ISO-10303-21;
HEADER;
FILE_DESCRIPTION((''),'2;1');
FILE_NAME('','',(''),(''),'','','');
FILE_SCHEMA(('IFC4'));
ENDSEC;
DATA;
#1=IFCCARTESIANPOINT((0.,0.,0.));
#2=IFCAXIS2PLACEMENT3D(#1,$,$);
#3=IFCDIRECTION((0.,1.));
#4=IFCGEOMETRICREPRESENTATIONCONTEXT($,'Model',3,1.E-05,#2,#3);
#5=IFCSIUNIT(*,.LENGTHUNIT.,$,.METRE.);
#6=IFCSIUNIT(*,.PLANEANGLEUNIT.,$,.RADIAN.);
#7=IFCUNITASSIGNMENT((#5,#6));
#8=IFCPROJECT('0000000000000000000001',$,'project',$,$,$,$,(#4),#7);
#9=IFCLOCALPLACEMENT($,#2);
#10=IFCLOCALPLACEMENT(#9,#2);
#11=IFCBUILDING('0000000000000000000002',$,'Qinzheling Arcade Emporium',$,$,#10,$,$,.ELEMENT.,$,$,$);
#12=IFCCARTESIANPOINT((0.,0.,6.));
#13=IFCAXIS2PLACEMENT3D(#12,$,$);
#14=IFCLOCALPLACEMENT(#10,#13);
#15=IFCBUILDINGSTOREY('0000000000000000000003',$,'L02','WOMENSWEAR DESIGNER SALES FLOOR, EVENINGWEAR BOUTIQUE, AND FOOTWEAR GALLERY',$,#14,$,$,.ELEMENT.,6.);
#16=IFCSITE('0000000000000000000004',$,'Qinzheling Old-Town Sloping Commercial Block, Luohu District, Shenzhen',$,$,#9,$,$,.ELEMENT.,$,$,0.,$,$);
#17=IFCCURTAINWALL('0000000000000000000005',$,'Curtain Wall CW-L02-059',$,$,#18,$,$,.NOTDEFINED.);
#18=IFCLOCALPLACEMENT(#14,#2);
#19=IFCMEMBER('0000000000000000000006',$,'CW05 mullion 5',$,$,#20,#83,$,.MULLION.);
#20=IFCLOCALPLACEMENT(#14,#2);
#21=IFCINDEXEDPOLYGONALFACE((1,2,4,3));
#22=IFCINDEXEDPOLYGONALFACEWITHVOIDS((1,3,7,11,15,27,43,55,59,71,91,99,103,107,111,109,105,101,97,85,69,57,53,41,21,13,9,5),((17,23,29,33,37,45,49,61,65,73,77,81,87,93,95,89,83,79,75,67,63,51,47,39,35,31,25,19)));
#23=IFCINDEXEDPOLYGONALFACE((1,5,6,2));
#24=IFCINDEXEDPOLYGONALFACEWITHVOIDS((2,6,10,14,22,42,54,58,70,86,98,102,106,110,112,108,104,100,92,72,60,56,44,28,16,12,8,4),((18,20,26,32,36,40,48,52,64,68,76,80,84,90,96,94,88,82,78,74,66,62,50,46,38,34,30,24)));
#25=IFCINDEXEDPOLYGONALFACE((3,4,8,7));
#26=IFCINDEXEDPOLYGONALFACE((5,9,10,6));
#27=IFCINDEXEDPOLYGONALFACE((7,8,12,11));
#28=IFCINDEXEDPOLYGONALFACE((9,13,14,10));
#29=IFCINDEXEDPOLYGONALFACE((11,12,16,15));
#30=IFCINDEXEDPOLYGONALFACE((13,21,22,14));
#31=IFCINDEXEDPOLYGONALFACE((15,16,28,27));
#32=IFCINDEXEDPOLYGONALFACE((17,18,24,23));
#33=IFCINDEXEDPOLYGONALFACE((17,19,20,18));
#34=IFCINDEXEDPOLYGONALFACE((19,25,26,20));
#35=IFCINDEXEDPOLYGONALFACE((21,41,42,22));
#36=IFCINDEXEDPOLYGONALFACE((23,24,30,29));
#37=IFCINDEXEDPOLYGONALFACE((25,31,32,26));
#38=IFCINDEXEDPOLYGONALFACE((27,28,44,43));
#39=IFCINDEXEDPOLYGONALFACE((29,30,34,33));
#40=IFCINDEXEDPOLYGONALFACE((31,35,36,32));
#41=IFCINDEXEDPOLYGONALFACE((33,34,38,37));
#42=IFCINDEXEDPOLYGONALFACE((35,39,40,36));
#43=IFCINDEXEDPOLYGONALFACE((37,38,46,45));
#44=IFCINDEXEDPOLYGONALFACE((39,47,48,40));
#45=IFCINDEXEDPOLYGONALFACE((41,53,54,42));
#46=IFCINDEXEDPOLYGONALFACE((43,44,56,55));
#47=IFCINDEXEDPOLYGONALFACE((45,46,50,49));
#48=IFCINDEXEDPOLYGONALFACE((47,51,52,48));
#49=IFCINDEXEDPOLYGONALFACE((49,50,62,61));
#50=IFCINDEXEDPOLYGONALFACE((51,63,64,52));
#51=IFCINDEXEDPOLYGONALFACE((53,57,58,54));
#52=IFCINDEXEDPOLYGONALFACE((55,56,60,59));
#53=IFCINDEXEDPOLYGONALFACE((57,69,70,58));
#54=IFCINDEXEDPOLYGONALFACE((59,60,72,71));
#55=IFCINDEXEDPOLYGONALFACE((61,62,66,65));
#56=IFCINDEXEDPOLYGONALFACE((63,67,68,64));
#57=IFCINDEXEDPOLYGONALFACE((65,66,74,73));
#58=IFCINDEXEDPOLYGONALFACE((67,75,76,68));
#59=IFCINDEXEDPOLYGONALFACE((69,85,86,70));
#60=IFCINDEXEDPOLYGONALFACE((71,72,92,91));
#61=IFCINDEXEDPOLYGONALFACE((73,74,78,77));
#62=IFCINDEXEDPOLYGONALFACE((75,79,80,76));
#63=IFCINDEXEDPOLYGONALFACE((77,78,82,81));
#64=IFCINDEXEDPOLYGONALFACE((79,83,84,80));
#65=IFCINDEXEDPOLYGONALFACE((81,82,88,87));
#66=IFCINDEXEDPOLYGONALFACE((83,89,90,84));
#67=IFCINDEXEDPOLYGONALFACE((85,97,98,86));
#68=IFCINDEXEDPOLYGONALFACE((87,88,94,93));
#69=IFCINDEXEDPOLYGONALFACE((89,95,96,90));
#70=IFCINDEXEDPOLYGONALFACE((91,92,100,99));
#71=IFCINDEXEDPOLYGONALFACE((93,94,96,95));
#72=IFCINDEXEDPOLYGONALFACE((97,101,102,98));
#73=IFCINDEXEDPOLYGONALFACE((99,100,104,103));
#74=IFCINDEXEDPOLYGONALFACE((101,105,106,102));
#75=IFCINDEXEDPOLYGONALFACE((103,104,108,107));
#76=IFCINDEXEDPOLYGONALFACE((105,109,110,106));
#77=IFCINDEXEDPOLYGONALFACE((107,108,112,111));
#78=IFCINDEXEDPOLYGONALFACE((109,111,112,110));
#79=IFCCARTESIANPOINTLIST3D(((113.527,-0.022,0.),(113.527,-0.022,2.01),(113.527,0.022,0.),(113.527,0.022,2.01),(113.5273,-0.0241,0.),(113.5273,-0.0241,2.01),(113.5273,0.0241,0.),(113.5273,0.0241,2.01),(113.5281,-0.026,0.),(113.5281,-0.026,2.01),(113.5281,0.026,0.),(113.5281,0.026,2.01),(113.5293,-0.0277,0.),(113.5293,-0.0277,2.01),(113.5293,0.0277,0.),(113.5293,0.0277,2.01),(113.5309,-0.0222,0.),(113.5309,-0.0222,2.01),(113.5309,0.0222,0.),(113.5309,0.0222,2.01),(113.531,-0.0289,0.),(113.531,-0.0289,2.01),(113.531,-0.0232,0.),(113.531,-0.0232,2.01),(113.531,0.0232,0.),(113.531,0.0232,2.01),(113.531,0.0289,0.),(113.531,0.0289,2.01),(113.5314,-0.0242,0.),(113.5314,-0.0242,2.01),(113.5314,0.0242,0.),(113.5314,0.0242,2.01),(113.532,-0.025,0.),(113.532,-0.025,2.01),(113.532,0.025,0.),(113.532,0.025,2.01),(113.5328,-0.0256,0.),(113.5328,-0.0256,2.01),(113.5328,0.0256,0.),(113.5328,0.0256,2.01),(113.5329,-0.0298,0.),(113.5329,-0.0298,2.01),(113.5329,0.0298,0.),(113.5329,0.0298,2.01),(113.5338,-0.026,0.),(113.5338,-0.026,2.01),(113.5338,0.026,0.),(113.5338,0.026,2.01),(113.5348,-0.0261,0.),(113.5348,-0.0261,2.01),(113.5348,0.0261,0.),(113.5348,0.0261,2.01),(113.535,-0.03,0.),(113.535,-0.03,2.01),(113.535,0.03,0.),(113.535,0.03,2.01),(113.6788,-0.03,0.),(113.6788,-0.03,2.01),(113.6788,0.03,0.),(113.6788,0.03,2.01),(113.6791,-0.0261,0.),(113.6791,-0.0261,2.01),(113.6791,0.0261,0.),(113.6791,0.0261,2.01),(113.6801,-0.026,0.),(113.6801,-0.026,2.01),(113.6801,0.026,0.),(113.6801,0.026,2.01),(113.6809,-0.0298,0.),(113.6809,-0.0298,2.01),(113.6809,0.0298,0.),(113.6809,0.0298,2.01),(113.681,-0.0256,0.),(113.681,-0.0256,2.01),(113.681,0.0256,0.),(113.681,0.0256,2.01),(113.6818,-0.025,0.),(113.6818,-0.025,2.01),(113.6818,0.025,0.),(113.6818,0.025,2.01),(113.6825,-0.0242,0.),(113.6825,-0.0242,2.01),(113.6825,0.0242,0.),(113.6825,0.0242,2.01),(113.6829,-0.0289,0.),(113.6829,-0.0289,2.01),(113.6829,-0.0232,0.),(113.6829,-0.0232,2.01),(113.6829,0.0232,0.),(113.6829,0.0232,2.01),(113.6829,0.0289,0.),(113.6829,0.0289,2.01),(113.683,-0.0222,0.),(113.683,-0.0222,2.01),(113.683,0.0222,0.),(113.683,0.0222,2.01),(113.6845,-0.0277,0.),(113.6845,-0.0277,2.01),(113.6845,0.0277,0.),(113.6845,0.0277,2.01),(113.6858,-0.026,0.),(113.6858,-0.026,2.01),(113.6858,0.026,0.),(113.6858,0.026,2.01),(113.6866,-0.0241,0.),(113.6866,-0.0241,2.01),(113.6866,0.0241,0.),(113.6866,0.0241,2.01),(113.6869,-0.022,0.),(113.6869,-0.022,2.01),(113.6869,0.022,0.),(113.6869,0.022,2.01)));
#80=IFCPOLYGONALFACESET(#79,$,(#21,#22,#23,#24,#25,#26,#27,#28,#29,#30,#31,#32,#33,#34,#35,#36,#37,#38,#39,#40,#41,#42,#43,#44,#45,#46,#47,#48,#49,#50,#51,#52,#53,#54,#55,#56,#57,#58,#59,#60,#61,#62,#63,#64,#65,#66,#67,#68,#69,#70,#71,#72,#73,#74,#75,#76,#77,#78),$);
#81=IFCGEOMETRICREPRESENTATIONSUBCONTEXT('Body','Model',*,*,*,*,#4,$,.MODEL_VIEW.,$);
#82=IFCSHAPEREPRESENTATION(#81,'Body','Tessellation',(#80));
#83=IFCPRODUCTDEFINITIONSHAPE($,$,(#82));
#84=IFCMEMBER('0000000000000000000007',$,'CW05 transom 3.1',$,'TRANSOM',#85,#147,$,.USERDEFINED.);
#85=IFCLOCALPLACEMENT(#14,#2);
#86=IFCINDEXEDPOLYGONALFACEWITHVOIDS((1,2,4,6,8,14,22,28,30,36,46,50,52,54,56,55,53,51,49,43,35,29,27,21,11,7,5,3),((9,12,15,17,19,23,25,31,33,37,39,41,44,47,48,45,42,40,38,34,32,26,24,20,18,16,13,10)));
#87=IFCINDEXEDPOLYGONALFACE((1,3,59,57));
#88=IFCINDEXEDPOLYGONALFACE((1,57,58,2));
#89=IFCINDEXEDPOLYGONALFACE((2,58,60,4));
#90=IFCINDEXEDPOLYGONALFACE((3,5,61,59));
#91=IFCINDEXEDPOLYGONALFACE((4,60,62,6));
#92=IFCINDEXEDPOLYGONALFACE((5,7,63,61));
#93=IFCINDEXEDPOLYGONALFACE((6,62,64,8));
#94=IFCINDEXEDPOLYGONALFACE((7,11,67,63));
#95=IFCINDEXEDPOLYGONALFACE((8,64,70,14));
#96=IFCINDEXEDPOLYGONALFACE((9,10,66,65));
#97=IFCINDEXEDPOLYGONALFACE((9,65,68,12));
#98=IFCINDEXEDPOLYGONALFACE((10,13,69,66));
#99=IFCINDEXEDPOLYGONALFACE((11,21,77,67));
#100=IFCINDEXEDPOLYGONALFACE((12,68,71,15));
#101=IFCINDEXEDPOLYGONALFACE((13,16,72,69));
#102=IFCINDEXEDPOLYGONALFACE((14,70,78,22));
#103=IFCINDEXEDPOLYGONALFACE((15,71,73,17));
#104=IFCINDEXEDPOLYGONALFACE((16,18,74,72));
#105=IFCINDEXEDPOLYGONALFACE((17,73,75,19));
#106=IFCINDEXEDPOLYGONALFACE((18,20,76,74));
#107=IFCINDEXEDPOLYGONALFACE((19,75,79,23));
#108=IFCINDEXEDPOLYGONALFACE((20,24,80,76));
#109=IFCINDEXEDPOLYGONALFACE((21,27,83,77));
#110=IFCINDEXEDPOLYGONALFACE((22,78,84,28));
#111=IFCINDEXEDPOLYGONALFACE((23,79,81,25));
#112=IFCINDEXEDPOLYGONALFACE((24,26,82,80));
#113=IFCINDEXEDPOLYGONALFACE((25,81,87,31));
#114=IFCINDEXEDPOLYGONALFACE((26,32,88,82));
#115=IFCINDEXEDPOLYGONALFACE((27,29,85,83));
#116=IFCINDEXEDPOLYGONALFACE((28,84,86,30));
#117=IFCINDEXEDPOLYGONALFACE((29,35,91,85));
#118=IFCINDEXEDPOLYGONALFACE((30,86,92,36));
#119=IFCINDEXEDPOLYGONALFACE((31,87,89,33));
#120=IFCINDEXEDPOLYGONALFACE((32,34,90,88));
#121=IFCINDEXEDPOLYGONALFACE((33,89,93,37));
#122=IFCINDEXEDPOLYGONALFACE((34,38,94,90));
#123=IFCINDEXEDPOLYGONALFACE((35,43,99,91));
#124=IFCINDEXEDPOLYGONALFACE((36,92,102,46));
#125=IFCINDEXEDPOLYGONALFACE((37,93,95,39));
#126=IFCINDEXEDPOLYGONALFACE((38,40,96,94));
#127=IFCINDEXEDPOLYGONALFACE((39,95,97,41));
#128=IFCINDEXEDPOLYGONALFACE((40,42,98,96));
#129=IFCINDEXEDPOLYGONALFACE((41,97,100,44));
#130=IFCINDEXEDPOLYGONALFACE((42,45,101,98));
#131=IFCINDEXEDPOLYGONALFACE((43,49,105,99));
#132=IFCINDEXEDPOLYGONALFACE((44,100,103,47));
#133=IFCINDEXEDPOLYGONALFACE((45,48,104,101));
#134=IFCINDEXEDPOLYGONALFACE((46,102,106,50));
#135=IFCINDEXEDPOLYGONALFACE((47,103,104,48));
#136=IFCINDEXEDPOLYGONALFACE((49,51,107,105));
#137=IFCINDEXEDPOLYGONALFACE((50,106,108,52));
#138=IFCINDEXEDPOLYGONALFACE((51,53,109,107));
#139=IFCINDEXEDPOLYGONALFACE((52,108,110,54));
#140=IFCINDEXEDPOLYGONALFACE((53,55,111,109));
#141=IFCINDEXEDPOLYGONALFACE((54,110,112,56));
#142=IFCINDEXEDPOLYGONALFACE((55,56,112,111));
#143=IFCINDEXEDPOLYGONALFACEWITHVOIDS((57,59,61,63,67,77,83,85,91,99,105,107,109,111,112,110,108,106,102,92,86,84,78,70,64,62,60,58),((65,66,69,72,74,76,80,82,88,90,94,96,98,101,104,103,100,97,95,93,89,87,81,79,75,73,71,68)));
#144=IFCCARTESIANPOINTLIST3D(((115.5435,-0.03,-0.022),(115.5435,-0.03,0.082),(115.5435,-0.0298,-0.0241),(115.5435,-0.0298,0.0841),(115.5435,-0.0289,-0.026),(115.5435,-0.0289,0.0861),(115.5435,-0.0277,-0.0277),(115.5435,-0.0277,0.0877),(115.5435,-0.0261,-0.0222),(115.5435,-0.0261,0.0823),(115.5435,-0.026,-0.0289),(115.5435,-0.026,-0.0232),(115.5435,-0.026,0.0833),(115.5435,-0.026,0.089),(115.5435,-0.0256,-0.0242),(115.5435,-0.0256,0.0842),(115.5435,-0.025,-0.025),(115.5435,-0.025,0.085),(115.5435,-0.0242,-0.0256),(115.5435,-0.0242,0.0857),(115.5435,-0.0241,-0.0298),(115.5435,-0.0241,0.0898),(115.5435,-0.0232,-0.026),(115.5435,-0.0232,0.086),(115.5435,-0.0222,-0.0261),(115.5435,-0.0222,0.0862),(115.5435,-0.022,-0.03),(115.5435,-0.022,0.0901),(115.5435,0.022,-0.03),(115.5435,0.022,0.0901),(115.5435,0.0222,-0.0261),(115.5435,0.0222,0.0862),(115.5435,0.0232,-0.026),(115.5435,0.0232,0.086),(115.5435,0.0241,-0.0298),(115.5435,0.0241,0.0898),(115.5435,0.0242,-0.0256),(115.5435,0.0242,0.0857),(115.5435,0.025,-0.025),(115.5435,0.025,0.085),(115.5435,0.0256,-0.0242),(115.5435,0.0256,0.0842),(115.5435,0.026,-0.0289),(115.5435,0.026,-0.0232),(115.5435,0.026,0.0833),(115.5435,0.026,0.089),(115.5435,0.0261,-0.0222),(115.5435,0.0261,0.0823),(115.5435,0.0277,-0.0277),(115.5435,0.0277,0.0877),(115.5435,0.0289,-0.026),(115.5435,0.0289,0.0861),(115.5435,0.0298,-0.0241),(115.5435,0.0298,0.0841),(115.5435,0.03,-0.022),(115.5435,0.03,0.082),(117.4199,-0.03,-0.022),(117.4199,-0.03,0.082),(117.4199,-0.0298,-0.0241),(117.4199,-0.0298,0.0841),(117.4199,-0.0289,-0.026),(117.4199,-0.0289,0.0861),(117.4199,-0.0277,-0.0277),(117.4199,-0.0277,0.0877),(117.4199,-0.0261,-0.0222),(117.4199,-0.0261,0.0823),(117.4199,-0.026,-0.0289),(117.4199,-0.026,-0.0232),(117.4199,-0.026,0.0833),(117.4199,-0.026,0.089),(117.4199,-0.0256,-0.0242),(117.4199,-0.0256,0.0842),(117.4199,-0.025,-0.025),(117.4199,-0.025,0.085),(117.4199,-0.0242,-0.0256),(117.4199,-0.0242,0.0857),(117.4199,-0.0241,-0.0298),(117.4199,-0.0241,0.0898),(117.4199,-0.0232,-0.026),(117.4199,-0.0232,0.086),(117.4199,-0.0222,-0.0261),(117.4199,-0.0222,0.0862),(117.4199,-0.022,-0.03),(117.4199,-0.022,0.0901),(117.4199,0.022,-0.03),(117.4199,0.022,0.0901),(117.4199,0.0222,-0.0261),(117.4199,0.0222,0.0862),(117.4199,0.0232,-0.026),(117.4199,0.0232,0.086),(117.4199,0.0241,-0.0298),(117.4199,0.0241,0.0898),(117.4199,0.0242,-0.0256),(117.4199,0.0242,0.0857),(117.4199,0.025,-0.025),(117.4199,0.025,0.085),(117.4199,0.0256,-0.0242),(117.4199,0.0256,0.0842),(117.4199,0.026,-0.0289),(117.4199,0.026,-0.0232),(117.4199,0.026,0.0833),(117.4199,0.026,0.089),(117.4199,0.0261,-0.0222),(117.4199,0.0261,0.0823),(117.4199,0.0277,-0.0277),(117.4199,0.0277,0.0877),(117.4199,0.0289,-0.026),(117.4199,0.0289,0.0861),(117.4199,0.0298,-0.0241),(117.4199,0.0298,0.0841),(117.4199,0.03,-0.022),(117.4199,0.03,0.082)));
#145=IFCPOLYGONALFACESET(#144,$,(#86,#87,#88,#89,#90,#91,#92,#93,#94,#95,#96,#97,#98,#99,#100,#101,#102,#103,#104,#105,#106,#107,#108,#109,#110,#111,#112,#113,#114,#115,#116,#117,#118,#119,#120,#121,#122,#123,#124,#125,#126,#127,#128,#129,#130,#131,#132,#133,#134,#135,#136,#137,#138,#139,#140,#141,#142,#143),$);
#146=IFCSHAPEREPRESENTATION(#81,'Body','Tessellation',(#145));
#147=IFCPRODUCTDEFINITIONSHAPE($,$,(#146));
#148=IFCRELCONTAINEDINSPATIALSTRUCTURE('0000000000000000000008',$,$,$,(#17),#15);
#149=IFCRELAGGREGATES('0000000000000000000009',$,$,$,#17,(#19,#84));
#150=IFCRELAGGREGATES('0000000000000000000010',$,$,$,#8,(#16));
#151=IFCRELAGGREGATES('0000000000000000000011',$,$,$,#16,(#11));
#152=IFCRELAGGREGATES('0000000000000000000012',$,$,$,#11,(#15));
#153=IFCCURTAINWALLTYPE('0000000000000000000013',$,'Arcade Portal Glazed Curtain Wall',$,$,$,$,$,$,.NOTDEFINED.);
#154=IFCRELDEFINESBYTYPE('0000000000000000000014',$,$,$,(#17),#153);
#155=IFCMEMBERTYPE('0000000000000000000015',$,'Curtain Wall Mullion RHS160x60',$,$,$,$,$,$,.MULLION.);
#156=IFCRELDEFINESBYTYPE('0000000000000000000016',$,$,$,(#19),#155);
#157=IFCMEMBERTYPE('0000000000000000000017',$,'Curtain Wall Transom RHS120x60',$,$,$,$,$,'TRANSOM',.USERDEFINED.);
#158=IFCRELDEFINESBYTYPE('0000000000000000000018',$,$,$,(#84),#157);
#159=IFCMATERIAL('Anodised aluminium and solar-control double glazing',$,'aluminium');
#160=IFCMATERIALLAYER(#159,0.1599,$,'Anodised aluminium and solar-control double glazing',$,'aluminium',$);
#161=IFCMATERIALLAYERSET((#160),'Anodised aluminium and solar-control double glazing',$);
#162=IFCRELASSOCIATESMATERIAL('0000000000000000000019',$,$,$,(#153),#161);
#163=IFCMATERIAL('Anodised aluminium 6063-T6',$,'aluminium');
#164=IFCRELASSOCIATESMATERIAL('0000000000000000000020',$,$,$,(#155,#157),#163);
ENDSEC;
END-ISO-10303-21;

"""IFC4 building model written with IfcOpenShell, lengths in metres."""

from ifc_helpers import new_model, si_unit, direction, frame, origin, origin_2d, place, context, subcontext, project, spatial, hollow_rectangle, extrude, material, layer, layer_set, material_profile, profile_set, type_object, element, aggregate, save


model = new_model("IFC4")

# Units and contexts
model_context = context("Model", 3, precision=1e-05, world=origin(), true_north=direction((0.0, 1.0)))
body_context = subcontext(model_context, "Body", "Model", "MODEL_VIEW")
ifc_project = project(units=[si_unit("LENGTHUNIT", "METRE"), si_unit("PLANEANGLEUNIT", "RADIAN")], contexts=[model_context])

# Site, building, storey
site_placement = place(None, origin())
site = spatial("IfcSite", under=ifc_project, at=site_placement, Name="Qinzheling Old-Town Sloping Commercial Block, Luohu District, Shenzhen", CompositionType="ELEMENT", RefElevation=0.0)
building_placement = place(site_placement, origin())
building = spatial("IfcBuilding", under=site, at=building_placement, Name="Qinzheling Arcade Emporium", CompositionType="ELEMENT")
storey_placement = place(building_placement, frame((0.0, 0.0, 6.0)))
storey = spatial("IfcBuildingStorey", under=building, at=storey_placement, Name="L02", Description="WOMENSWEAR DESIGNER SALES FLOOR, EVENINGWEAR BOUTIQUE, AND FOOTWEAR GALLERY", CompositionType="ELEMENT", Elevation=6.0)

# Curtain wall, members
ifc_material_1 = material(Name="Anodised aluminium and solar-control double glazing", Category="aluminium")
ifc_layer_1 = layer(ifc_material_1, 0.1599, Name="Anodised aluminium and solar-control double glazing", Category="aluminium")
ifc_layer_set_1 = layer_set([ifc_layer_1], Name="Anodised aluminium and solar-control double glazing")
curtain_wall_type = type_object("IfcCurtainWallType", Name="Arcade Portal Glazed Curtain Wall", PredefinedType="NOTDEFINED", material=ifc_layer_set_1)
curtain_wall_placement = place(storey_placement, origin())
curtain_wall = element("IfcCurtainWall", 1, at=curtain_wall_placement, inside=storey, type_object=curtain_wall_type, Name="Curtain Wall CW-L02-059", PredefinedType="NOTDEFINED")
ifc_material_2 = material(Name="Anodised aluminium 6063-T6", Category="aluminium")
ifc_material_profile_1 = material_profile(ifc_material_2, hollow_rectangle(XDim=0.0601, YDim=0.1599, WallThickness=0.0039, InnerFilletRadius=0.0039, OuterFilletRadius=0.0081, at=origin_2d()), Name="RHS 160x60x4", Category="aluminium")
ifc_profile_set_1 = profile_set([ifc_material_profile_1], Name="Anodised aluminium 6063-T6")
member_type_1 = type_object("IfcMemberType", Name="Curtain Wall Mullion RHS160x60", PredefinedType="MULLION", material=ifc_profile_set_1)
member_1_placement = place(storey_placement, frame((113.6069, 0.0, 0.0), z_axis=(0.0, 0.0, 1.0), x_axis=(0.0, -1.0, 0.0)))
member_1 = element("IfcMember", 2, at=member_1_placement, type_object=member_type_1, Name="CW05 mullion 5", PredefinedType="MULLION", context=body_context, shape_type="SweptSolid", body=[
    extrude(hollow_rectangle(XDim=0.0601, YDim=0.1599, WallThickness=0.0039, InnerFilletRadius=0.0039, OuterFilletRadius=0.0081, at=origin_2d()), origin(), (0.0, 0.0, 1.0), 2.01),
])
ifc_material_profile_2 = material_profile(ifc_material_2, hollow_rectangle(XDim=0.0601, YDim=0.1201, WallThickness=0.0039, InnerFilletRadius=0.0039, OuterFilletRadius=0.0081, at=origin_2d()), Name="RHS 120x60x4", Category="aluminium")
ifc_profile_set_2 = profile_set([ifc_material_profile_2], Name="Anodised aluminium 6063-T6")
member_type_2 = type_object("IfcMemberType", Name="Curtain Wall Transom RHS120x60", ElementType="TRANSOM", PredefinedType="USERDEFINED", material=ifc_profile_set_2)
member_2_placement = place(storey_placement, frame((117.4199, 0.0, 0.03), z_axis=(-1.0, 0.0, 0.0), x_axis=(0.0, -1.0, 0.0)))
member_2 = element("IfcMember", 3, at=member_2_placement, type_object=member_type_2, Name="CW05 transom 3.1", ObjectType="TRANSOM", PredefinedType="USERDEFINED", context=body_context, shape_type="SweptSolid", body=[
    extrude(hollow_rectangle(XDim=0.0601, YDim=0.1201, WallThickness=0.0039, InnerFilletRadius=0.0039, OuterFilletRadius=0.0081, at=origin_2d()), origin(), (0.0, 0.0, 1.0), 1.8765),
])

aggregate(curtain_wall, [member_1, member_2])

save(model, "model.ifc")
